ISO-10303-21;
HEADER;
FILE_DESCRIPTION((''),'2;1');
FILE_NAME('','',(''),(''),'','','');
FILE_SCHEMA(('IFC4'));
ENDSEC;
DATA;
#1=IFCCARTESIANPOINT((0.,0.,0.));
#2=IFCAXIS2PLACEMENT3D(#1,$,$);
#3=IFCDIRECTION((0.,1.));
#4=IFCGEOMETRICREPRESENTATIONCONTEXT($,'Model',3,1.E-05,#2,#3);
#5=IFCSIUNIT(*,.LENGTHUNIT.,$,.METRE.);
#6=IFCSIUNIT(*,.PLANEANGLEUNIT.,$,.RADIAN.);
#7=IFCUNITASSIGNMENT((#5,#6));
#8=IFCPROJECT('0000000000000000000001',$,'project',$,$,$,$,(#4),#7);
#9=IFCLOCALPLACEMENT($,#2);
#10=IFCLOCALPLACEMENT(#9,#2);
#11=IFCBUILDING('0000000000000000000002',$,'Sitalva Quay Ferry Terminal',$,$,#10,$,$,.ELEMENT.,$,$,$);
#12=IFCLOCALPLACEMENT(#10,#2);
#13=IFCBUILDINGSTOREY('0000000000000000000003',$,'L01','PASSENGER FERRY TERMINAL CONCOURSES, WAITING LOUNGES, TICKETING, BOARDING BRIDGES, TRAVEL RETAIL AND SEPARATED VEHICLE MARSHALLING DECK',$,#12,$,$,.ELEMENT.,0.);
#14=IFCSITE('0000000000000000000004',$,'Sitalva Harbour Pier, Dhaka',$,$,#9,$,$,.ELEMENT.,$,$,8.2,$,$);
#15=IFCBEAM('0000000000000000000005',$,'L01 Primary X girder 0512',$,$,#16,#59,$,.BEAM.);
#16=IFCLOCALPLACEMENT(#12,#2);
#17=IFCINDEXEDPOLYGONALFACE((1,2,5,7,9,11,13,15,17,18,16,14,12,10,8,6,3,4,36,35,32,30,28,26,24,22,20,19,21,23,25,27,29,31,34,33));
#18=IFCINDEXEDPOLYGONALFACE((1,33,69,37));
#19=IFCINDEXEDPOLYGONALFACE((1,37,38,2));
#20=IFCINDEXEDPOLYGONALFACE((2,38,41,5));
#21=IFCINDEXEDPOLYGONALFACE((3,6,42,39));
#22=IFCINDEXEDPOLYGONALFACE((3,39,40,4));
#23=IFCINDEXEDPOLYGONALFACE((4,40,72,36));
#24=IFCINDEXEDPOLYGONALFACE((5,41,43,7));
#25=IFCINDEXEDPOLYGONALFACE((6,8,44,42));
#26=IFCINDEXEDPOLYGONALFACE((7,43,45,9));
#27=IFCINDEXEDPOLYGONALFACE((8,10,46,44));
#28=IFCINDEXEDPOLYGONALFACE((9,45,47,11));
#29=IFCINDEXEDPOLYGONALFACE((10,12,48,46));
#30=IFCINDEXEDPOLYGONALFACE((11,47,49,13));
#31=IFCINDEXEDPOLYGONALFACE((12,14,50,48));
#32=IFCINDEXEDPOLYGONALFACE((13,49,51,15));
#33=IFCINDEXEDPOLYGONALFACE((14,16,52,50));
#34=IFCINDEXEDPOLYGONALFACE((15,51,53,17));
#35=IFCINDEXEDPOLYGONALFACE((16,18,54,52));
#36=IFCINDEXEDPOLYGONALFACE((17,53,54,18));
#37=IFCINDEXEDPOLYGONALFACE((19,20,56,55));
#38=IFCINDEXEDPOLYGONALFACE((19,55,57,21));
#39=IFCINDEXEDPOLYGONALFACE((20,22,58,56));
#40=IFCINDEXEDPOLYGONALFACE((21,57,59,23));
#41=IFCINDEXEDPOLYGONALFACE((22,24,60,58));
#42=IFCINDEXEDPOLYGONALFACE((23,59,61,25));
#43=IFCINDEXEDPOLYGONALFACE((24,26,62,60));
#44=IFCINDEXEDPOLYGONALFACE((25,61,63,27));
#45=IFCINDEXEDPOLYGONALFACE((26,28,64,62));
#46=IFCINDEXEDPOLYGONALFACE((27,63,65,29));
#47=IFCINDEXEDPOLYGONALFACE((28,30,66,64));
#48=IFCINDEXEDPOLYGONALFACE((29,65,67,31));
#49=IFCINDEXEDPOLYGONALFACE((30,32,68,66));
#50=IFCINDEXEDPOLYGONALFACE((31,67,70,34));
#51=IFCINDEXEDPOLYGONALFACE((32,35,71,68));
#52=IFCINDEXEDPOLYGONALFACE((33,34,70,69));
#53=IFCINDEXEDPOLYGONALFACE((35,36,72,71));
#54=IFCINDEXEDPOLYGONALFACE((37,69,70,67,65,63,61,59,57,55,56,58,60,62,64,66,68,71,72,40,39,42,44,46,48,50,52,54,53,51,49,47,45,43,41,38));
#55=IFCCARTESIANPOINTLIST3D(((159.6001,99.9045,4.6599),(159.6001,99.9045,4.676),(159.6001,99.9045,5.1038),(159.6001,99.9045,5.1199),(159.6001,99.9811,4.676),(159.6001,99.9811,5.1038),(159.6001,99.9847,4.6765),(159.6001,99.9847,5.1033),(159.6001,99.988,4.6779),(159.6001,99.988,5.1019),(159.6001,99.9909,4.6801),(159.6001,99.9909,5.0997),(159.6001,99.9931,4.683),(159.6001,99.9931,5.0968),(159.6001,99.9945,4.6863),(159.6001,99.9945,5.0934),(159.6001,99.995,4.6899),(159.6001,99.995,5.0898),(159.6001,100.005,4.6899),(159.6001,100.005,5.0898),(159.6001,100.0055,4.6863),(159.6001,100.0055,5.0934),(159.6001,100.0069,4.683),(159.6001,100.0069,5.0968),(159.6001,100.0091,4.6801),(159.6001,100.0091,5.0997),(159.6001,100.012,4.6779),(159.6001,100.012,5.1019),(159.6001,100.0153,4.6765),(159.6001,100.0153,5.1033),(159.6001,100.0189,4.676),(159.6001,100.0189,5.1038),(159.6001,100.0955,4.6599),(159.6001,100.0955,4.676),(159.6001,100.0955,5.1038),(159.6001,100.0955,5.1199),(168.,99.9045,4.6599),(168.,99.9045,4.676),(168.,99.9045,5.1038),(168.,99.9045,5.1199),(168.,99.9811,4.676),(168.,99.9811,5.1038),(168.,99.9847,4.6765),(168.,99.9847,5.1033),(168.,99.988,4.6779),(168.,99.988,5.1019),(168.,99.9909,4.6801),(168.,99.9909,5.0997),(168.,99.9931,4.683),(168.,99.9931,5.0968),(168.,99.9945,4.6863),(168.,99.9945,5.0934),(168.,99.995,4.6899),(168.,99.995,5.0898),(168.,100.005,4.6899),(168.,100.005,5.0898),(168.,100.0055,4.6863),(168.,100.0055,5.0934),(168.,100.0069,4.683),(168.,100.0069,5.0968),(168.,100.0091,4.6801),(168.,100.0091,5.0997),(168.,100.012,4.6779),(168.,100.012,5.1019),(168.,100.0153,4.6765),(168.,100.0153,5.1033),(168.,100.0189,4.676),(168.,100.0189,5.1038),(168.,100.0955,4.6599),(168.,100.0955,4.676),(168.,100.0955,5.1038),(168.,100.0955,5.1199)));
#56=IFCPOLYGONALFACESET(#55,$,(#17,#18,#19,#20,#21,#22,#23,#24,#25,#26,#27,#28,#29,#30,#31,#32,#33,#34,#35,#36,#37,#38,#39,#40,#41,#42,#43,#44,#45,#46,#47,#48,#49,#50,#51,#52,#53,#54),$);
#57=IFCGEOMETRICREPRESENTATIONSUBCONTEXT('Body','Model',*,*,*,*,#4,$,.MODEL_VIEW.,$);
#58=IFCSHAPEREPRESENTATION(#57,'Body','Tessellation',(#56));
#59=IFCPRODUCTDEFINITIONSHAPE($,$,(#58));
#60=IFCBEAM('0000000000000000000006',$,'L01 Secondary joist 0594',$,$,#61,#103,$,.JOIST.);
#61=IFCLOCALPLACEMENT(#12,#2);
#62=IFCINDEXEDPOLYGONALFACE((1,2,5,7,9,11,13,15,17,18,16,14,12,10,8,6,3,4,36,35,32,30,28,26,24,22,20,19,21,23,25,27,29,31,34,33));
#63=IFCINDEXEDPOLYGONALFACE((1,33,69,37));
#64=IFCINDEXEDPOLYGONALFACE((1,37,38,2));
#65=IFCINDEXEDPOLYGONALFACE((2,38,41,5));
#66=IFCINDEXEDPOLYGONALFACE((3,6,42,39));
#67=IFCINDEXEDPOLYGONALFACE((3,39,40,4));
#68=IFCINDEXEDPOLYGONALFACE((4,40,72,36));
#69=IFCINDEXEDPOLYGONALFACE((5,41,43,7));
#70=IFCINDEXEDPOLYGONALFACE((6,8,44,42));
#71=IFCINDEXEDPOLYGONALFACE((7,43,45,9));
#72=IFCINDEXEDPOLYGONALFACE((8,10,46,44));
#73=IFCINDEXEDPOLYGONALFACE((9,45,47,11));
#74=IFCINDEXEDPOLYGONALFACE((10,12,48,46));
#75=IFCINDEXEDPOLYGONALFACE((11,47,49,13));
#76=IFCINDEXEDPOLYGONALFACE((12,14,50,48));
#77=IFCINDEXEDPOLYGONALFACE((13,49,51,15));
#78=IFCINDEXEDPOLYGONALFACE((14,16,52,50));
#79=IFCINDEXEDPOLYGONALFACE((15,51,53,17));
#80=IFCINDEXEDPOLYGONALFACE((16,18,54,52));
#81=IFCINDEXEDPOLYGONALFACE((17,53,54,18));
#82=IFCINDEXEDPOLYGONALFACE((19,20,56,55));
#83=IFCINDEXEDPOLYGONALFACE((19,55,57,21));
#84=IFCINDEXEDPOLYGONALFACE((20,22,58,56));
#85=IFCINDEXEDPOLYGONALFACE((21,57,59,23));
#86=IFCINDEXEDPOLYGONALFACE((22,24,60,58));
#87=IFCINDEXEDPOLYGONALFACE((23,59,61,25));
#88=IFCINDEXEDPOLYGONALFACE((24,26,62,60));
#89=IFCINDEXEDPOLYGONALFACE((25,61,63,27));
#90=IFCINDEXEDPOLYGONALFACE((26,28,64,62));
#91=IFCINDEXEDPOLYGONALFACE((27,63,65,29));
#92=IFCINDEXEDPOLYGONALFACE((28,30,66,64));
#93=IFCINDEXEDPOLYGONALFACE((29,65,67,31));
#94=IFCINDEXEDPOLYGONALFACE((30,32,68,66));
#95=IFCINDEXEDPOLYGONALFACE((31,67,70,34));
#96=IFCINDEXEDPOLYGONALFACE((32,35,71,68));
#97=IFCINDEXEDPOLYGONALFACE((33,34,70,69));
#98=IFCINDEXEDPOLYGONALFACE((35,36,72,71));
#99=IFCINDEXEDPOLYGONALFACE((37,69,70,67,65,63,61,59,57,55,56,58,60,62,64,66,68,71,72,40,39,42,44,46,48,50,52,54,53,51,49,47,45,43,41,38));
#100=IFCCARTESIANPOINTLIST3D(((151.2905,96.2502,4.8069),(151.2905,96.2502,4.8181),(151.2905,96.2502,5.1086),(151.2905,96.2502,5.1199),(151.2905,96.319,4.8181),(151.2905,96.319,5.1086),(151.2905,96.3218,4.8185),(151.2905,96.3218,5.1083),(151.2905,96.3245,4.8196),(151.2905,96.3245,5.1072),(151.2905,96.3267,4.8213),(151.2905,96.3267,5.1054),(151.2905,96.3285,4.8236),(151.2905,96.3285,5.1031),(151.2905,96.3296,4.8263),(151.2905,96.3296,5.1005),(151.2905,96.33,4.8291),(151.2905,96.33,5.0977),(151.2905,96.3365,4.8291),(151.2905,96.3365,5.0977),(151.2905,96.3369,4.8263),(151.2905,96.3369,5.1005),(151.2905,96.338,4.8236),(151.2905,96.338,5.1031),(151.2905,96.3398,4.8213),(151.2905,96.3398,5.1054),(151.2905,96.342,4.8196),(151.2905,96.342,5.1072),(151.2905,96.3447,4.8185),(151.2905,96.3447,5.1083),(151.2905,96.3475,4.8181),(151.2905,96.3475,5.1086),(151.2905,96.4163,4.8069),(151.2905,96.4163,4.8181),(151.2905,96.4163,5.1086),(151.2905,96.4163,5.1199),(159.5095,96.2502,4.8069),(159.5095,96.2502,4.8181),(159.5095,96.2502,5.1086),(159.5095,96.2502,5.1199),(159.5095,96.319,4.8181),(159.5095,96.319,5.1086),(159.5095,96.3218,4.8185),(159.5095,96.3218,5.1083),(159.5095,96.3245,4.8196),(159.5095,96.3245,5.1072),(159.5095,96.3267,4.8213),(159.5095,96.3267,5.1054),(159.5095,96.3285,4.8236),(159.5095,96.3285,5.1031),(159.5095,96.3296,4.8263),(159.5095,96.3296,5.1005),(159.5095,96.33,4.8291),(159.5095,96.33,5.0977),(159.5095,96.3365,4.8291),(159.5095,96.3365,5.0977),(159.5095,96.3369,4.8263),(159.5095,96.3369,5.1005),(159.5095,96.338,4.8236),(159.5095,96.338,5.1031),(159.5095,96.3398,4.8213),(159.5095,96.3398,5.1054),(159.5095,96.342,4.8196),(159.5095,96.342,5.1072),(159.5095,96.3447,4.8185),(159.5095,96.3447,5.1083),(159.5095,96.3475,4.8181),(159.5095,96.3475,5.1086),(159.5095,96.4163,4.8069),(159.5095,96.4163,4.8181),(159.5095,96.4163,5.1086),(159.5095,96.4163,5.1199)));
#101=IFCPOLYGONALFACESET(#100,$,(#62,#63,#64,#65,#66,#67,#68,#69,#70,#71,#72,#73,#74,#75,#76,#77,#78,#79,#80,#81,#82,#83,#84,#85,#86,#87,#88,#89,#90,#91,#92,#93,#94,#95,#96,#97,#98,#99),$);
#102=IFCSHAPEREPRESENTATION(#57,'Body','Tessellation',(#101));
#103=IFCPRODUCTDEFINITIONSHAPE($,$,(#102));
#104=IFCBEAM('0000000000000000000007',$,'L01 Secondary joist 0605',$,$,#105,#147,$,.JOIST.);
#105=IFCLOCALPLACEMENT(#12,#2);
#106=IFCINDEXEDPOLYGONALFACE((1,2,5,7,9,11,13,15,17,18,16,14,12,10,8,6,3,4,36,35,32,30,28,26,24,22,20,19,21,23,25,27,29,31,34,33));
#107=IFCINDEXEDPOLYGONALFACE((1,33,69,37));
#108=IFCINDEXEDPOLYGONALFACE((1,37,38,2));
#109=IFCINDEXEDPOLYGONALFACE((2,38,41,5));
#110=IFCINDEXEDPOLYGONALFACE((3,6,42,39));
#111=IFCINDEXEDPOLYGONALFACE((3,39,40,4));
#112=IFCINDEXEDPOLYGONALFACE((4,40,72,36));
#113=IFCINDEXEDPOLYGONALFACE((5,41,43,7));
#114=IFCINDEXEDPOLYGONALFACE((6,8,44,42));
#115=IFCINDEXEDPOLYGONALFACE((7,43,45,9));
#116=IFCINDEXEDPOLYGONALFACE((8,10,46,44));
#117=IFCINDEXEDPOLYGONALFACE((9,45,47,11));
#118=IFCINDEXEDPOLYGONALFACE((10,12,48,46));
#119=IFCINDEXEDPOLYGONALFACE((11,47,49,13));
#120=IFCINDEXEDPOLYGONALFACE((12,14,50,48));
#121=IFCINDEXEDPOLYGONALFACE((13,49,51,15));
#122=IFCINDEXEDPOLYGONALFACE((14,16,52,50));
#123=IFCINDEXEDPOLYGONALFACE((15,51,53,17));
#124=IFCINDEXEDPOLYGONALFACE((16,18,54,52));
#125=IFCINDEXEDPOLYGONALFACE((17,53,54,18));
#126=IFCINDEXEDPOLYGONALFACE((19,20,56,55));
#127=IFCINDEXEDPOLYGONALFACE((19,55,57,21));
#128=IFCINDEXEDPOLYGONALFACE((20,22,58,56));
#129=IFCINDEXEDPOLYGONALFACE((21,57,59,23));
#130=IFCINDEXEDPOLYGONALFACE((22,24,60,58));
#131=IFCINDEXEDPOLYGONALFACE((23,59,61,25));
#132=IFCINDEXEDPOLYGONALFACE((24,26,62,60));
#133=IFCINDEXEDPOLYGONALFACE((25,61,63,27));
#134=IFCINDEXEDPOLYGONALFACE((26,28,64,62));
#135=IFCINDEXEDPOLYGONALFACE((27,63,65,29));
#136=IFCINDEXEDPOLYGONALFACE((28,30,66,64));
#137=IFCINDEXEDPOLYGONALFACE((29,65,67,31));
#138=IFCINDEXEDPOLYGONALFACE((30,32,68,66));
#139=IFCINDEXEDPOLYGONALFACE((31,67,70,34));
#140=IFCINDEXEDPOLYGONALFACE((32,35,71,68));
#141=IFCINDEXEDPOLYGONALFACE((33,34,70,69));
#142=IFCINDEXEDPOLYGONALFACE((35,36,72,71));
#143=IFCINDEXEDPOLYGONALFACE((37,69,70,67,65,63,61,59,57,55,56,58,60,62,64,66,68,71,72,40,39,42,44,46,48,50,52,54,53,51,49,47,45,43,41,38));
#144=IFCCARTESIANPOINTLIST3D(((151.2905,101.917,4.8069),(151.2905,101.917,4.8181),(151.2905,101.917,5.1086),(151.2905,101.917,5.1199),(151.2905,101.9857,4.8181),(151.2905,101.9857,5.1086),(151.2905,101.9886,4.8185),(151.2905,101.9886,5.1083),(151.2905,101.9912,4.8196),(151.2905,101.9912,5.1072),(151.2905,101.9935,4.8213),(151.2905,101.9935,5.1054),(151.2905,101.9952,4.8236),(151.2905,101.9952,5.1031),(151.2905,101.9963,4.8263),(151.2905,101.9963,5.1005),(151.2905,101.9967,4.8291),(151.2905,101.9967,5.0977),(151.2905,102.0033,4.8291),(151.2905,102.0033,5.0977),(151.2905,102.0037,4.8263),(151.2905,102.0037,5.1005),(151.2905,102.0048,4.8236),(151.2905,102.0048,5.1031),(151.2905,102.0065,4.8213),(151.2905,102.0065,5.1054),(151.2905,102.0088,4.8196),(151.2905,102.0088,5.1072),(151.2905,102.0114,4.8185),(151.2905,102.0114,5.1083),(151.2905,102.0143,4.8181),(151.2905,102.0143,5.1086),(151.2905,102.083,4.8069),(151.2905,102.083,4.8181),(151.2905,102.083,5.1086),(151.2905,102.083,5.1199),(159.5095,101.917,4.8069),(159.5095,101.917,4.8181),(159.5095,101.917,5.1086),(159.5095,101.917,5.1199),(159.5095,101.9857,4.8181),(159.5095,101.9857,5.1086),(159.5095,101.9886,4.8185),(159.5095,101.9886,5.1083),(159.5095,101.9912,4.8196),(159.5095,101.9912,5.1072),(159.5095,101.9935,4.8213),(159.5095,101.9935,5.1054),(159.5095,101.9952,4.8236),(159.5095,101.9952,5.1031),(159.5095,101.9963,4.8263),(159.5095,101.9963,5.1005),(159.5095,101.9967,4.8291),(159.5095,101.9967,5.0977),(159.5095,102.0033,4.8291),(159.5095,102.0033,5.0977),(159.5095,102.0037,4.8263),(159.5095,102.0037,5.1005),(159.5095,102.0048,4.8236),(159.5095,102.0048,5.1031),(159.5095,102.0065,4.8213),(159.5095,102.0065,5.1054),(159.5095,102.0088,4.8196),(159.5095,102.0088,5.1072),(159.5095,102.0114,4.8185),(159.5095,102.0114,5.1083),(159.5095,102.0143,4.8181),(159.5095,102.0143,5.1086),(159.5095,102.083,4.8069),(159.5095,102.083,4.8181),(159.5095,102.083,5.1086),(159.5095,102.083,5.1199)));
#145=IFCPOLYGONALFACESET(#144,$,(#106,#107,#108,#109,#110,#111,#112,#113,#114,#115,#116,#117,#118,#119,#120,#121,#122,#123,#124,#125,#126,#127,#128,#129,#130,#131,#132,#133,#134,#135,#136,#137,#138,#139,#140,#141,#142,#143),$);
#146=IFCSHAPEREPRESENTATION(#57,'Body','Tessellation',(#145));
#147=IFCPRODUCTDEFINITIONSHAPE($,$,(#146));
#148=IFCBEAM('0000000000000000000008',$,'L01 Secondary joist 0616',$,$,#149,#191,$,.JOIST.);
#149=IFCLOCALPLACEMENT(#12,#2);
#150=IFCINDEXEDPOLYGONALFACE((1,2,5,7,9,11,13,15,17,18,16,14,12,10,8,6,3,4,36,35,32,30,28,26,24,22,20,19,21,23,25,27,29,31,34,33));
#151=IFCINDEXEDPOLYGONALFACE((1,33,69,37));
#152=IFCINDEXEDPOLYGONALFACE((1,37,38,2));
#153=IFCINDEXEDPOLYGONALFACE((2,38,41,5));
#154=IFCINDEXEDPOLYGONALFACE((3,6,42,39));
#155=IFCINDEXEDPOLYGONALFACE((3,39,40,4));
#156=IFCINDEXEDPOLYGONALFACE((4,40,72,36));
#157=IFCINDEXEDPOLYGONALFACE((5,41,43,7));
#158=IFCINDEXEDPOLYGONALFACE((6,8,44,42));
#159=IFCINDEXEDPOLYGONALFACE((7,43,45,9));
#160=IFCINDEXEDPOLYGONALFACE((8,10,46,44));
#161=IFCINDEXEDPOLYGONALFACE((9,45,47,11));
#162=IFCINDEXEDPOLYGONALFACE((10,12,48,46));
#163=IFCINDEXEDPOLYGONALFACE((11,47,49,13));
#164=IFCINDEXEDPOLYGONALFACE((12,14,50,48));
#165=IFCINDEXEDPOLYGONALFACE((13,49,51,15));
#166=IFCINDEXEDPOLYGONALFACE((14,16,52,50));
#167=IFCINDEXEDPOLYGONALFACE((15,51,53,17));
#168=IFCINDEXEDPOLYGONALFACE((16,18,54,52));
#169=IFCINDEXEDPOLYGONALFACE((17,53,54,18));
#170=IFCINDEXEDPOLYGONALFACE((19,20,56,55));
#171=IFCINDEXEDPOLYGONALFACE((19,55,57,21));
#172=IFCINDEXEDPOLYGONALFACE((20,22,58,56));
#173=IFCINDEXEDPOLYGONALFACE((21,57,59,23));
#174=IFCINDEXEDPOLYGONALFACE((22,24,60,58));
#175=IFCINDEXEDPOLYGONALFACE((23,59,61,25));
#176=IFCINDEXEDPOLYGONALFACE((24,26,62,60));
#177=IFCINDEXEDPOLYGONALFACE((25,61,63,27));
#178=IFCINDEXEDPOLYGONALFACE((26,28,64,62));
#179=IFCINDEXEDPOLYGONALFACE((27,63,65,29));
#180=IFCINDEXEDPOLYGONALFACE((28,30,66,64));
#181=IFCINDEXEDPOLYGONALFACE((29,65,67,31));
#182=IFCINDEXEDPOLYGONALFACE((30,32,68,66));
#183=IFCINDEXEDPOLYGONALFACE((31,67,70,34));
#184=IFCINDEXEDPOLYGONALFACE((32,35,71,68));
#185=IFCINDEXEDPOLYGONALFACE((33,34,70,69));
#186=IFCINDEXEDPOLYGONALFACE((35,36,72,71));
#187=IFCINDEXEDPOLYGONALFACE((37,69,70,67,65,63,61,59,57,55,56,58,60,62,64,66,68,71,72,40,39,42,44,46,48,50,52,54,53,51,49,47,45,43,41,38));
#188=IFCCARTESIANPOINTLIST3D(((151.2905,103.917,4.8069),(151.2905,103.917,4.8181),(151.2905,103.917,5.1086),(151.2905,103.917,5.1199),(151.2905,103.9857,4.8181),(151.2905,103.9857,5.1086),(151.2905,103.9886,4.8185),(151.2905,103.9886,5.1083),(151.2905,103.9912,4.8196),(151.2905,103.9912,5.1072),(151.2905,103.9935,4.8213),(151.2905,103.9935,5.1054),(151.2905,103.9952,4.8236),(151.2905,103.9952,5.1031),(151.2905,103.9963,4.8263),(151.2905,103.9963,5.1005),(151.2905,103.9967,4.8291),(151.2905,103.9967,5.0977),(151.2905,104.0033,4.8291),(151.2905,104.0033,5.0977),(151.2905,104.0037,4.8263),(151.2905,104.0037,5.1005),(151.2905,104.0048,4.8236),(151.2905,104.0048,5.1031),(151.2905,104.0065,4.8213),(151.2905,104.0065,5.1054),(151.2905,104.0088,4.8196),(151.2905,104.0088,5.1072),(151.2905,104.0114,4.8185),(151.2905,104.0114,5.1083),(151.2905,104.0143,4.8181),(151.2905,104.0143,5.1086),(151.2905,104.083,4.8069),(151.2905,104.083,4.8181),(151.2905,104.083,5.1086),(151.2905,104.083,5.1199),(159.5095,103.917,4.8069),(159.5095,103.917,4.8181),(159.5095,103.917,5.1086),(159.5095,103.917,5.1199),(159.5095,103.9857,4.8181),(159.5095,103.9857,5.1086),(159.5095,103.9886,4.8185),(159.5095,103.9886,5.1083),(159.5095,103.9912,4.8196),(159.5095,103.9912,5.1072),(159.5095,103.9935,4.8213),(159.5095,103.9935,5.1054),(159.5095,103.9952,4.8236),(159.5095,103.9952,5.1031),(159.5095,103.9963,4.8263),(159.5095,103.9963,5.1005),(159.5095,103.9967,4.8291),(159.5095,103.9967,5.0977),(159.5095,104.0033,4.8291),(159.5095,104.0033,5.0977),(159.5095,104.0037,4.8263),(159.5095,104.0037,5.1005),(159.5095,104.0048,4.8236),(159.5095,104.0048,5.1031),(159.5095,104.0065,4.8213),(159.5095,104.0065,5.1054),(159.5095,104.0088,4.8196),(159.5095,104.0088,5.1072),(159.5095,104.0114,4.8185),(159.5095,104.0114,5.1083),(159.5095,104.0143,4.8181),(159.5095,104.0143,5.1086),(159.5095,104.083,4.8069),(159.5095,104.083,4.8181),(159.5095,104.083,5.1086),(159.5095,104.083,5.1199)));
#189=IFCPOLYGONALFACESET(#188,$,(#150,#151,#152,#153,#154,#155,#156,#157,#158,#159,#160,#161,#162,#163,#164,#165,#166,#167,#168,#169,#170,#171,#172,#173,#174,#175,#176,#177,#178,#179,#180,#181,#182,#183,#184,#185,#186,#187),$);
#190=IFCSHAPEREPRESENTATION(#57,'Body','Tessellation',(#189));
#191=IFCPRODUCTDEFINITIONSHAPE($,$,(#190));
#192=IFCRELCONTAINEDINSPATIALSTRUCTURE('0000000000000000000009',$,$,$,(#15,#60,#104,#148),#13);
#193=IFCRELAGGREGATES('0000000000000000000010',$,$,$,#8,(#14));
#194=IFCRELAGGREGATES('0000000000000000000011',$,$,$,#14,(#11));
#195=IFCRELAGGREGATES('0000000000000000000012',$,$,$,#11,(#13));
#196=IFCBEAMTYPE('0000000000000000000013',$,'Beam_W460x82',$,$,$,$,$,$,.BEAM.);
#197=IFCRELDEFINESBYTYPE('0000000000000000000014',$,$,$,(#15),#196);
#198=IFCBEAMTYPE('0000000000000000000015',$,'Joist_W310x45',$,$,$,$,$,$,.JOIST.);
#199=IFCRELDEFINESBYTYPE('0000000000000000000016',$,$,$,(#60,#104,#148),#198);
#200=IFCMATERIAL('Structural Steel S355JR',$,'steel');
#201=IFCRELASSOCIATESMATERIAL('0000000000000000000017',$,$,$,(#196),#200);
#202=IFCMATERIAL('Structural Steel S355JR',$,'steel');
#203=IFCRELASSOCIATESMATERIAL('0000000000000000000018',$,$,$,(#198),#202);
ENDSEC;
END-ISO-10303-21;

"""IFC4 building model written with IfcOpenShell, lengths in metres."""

from ifc_helpers import new_model, si_unit, direction, frame, origin, origin_2d, place, context, subcontext, project, spatial, i_section, extrude, material, material_profile, profile_set, type_object, element, save


model = new_model("IFC4")

# Units and contexts
model_context = context("Model", 3, precision=1e-05, world=origin(), true_north=direction((0.0, 1.0)))
body_context = subcontext(model_context, "Body", "Model", "MODEL_VIEW")
ifc_project = project(units=[si_unit("LENGTHUNIT", "METRE"), si_unit("PLANEANGLEUNIT", "RADIAN")], contexts=[model_context])

# Site, building, storey
site_placement = place(None, origin())
site = spatial("IfcSite", under=ifc_project, at=site_placement, Name="Sitalva Harbour Pier, Dhaka", CompositionType="ELEMENT", RefElevation=8.2)
building_placement = place(site_placement, origin())
building = spatial("IfcBuilding", under=site, at=building_placement, Name="Sitalva Quay Ferry Terminal", CompositionType="ELEMENT")
storey_placement = place(building_placement, origin())
storey = spatial("IfcBuildingStorey", under=building, at=storey_placement, Name="L01", Description="PASSENGER FERRY TERMINAL CONCOURSES, WAITING LOUNGES, TICKETING, BOARDING BRIDGES, TRAVEL RETAIL AND SEPARATED VEHICLE MARSHALLING DECK", CompositionType="ELEMENT", Elevation=0.0)

# Beams
ifc_material_1 = material(Name="Structural Steel S355JR", Category="steel")
ifc_material_profile_1 = material_profile(ifc_material_1, i_section(OverallWidth=0.1909, OverallDepth=0.46, WebThickness=0.01, FlangeThickness=0.0161, FilletRadius=0.0139, at=origin_2d()), Name="W460x82")
ifc_profile_set_1 = profile_set([ifc_material_profile_1], Name="Structural Steel S355JR")
beam_type_1 = type_object("IfcBeamType", Name="Beam_W460x82", PredefinedType="BEAM", material=ifc_profile_set_1)
beam_1_placement = place(storey_placement, frame((159.6001, 100.0, 4.8899), z_axis=(1.0, 0.0, 0.0), x_axis=(0.0, 1.0, 0.0)))
element("IfcBeam", 1, at=beam_1_placement, inside=storey, type_object=beam_type_1, Name="L01 Primary X girder 0512", PredefinedType="BEAM", context=body_context, shape_type="SweptSolid", body=[
    extrude(i_section(OverallWidth=0.1909, OverallDepth=0.46, WebThickness=0.01, FlangeThickness=0.0161, FilletRadius=0.0139, at=origin_2d()), origin(), (0.0, 0.0, 1.0), 8.3999),
])
ifc_material_2 = material(Name="Structural Steel S355JR", Category="steel")
ifc_material_profile_2 = material_profile(ifc_material_2, i_section(OverallWidth=0.166, OverallDepth=0.313, WebThickness=0.0066, FlangeThickness=0.0112, FilletRadius=0.011, at=origin_2d()), Name="W310x45")
ifc_profile_set_2 = profile_set([ifc_material_profile_2], Name="Structural Steel S355JR")
beam_type_2 = type_object("IfcBeamType", Name="Joist_W310x45", PredefinedType="JOIST", material=ifc_profile_set_2)
for number, where, z_axis, x_axis, name in (
    (2, (151.2905, 96.3333, 4.9634), (1.0, 0.0, 0.0), (0.0, 1.0, 0.0), "L01 Secondary joist 0594"),
    (3, (151.2905, 102.0, 4.9634), (1.0, 0.0, 0.0), (0.0, 1.0, 0.0), "L01 Secondary joist 0605"),
    (4, (151.2905, 104.0, 4.9634), (1.0, 0.0, 0.0), (0.0, 1.0, 0.0), "L01 Secondary joist 0616"),
):
    element("IfcBeam", number, at=place(storey_placement, frame(where, z_axis=z_axis, x_axis=x_axis)), inside=storey, type_object=beam_type_2, Name=name, PredefinedType="JOIST", context=body_context, shape_type="SweptSolid", body=[
        extrude(i_section(OverallWidth=0.166, OverallDepth=0.313, WebThickness=0.0066, FlangeThickness=0.0112, FilletRadius=0.011, at=origin_2d()), origin(), (0.0, 0.0, 1.0), 8.219),
    ])

save(model, "model.ifc")
